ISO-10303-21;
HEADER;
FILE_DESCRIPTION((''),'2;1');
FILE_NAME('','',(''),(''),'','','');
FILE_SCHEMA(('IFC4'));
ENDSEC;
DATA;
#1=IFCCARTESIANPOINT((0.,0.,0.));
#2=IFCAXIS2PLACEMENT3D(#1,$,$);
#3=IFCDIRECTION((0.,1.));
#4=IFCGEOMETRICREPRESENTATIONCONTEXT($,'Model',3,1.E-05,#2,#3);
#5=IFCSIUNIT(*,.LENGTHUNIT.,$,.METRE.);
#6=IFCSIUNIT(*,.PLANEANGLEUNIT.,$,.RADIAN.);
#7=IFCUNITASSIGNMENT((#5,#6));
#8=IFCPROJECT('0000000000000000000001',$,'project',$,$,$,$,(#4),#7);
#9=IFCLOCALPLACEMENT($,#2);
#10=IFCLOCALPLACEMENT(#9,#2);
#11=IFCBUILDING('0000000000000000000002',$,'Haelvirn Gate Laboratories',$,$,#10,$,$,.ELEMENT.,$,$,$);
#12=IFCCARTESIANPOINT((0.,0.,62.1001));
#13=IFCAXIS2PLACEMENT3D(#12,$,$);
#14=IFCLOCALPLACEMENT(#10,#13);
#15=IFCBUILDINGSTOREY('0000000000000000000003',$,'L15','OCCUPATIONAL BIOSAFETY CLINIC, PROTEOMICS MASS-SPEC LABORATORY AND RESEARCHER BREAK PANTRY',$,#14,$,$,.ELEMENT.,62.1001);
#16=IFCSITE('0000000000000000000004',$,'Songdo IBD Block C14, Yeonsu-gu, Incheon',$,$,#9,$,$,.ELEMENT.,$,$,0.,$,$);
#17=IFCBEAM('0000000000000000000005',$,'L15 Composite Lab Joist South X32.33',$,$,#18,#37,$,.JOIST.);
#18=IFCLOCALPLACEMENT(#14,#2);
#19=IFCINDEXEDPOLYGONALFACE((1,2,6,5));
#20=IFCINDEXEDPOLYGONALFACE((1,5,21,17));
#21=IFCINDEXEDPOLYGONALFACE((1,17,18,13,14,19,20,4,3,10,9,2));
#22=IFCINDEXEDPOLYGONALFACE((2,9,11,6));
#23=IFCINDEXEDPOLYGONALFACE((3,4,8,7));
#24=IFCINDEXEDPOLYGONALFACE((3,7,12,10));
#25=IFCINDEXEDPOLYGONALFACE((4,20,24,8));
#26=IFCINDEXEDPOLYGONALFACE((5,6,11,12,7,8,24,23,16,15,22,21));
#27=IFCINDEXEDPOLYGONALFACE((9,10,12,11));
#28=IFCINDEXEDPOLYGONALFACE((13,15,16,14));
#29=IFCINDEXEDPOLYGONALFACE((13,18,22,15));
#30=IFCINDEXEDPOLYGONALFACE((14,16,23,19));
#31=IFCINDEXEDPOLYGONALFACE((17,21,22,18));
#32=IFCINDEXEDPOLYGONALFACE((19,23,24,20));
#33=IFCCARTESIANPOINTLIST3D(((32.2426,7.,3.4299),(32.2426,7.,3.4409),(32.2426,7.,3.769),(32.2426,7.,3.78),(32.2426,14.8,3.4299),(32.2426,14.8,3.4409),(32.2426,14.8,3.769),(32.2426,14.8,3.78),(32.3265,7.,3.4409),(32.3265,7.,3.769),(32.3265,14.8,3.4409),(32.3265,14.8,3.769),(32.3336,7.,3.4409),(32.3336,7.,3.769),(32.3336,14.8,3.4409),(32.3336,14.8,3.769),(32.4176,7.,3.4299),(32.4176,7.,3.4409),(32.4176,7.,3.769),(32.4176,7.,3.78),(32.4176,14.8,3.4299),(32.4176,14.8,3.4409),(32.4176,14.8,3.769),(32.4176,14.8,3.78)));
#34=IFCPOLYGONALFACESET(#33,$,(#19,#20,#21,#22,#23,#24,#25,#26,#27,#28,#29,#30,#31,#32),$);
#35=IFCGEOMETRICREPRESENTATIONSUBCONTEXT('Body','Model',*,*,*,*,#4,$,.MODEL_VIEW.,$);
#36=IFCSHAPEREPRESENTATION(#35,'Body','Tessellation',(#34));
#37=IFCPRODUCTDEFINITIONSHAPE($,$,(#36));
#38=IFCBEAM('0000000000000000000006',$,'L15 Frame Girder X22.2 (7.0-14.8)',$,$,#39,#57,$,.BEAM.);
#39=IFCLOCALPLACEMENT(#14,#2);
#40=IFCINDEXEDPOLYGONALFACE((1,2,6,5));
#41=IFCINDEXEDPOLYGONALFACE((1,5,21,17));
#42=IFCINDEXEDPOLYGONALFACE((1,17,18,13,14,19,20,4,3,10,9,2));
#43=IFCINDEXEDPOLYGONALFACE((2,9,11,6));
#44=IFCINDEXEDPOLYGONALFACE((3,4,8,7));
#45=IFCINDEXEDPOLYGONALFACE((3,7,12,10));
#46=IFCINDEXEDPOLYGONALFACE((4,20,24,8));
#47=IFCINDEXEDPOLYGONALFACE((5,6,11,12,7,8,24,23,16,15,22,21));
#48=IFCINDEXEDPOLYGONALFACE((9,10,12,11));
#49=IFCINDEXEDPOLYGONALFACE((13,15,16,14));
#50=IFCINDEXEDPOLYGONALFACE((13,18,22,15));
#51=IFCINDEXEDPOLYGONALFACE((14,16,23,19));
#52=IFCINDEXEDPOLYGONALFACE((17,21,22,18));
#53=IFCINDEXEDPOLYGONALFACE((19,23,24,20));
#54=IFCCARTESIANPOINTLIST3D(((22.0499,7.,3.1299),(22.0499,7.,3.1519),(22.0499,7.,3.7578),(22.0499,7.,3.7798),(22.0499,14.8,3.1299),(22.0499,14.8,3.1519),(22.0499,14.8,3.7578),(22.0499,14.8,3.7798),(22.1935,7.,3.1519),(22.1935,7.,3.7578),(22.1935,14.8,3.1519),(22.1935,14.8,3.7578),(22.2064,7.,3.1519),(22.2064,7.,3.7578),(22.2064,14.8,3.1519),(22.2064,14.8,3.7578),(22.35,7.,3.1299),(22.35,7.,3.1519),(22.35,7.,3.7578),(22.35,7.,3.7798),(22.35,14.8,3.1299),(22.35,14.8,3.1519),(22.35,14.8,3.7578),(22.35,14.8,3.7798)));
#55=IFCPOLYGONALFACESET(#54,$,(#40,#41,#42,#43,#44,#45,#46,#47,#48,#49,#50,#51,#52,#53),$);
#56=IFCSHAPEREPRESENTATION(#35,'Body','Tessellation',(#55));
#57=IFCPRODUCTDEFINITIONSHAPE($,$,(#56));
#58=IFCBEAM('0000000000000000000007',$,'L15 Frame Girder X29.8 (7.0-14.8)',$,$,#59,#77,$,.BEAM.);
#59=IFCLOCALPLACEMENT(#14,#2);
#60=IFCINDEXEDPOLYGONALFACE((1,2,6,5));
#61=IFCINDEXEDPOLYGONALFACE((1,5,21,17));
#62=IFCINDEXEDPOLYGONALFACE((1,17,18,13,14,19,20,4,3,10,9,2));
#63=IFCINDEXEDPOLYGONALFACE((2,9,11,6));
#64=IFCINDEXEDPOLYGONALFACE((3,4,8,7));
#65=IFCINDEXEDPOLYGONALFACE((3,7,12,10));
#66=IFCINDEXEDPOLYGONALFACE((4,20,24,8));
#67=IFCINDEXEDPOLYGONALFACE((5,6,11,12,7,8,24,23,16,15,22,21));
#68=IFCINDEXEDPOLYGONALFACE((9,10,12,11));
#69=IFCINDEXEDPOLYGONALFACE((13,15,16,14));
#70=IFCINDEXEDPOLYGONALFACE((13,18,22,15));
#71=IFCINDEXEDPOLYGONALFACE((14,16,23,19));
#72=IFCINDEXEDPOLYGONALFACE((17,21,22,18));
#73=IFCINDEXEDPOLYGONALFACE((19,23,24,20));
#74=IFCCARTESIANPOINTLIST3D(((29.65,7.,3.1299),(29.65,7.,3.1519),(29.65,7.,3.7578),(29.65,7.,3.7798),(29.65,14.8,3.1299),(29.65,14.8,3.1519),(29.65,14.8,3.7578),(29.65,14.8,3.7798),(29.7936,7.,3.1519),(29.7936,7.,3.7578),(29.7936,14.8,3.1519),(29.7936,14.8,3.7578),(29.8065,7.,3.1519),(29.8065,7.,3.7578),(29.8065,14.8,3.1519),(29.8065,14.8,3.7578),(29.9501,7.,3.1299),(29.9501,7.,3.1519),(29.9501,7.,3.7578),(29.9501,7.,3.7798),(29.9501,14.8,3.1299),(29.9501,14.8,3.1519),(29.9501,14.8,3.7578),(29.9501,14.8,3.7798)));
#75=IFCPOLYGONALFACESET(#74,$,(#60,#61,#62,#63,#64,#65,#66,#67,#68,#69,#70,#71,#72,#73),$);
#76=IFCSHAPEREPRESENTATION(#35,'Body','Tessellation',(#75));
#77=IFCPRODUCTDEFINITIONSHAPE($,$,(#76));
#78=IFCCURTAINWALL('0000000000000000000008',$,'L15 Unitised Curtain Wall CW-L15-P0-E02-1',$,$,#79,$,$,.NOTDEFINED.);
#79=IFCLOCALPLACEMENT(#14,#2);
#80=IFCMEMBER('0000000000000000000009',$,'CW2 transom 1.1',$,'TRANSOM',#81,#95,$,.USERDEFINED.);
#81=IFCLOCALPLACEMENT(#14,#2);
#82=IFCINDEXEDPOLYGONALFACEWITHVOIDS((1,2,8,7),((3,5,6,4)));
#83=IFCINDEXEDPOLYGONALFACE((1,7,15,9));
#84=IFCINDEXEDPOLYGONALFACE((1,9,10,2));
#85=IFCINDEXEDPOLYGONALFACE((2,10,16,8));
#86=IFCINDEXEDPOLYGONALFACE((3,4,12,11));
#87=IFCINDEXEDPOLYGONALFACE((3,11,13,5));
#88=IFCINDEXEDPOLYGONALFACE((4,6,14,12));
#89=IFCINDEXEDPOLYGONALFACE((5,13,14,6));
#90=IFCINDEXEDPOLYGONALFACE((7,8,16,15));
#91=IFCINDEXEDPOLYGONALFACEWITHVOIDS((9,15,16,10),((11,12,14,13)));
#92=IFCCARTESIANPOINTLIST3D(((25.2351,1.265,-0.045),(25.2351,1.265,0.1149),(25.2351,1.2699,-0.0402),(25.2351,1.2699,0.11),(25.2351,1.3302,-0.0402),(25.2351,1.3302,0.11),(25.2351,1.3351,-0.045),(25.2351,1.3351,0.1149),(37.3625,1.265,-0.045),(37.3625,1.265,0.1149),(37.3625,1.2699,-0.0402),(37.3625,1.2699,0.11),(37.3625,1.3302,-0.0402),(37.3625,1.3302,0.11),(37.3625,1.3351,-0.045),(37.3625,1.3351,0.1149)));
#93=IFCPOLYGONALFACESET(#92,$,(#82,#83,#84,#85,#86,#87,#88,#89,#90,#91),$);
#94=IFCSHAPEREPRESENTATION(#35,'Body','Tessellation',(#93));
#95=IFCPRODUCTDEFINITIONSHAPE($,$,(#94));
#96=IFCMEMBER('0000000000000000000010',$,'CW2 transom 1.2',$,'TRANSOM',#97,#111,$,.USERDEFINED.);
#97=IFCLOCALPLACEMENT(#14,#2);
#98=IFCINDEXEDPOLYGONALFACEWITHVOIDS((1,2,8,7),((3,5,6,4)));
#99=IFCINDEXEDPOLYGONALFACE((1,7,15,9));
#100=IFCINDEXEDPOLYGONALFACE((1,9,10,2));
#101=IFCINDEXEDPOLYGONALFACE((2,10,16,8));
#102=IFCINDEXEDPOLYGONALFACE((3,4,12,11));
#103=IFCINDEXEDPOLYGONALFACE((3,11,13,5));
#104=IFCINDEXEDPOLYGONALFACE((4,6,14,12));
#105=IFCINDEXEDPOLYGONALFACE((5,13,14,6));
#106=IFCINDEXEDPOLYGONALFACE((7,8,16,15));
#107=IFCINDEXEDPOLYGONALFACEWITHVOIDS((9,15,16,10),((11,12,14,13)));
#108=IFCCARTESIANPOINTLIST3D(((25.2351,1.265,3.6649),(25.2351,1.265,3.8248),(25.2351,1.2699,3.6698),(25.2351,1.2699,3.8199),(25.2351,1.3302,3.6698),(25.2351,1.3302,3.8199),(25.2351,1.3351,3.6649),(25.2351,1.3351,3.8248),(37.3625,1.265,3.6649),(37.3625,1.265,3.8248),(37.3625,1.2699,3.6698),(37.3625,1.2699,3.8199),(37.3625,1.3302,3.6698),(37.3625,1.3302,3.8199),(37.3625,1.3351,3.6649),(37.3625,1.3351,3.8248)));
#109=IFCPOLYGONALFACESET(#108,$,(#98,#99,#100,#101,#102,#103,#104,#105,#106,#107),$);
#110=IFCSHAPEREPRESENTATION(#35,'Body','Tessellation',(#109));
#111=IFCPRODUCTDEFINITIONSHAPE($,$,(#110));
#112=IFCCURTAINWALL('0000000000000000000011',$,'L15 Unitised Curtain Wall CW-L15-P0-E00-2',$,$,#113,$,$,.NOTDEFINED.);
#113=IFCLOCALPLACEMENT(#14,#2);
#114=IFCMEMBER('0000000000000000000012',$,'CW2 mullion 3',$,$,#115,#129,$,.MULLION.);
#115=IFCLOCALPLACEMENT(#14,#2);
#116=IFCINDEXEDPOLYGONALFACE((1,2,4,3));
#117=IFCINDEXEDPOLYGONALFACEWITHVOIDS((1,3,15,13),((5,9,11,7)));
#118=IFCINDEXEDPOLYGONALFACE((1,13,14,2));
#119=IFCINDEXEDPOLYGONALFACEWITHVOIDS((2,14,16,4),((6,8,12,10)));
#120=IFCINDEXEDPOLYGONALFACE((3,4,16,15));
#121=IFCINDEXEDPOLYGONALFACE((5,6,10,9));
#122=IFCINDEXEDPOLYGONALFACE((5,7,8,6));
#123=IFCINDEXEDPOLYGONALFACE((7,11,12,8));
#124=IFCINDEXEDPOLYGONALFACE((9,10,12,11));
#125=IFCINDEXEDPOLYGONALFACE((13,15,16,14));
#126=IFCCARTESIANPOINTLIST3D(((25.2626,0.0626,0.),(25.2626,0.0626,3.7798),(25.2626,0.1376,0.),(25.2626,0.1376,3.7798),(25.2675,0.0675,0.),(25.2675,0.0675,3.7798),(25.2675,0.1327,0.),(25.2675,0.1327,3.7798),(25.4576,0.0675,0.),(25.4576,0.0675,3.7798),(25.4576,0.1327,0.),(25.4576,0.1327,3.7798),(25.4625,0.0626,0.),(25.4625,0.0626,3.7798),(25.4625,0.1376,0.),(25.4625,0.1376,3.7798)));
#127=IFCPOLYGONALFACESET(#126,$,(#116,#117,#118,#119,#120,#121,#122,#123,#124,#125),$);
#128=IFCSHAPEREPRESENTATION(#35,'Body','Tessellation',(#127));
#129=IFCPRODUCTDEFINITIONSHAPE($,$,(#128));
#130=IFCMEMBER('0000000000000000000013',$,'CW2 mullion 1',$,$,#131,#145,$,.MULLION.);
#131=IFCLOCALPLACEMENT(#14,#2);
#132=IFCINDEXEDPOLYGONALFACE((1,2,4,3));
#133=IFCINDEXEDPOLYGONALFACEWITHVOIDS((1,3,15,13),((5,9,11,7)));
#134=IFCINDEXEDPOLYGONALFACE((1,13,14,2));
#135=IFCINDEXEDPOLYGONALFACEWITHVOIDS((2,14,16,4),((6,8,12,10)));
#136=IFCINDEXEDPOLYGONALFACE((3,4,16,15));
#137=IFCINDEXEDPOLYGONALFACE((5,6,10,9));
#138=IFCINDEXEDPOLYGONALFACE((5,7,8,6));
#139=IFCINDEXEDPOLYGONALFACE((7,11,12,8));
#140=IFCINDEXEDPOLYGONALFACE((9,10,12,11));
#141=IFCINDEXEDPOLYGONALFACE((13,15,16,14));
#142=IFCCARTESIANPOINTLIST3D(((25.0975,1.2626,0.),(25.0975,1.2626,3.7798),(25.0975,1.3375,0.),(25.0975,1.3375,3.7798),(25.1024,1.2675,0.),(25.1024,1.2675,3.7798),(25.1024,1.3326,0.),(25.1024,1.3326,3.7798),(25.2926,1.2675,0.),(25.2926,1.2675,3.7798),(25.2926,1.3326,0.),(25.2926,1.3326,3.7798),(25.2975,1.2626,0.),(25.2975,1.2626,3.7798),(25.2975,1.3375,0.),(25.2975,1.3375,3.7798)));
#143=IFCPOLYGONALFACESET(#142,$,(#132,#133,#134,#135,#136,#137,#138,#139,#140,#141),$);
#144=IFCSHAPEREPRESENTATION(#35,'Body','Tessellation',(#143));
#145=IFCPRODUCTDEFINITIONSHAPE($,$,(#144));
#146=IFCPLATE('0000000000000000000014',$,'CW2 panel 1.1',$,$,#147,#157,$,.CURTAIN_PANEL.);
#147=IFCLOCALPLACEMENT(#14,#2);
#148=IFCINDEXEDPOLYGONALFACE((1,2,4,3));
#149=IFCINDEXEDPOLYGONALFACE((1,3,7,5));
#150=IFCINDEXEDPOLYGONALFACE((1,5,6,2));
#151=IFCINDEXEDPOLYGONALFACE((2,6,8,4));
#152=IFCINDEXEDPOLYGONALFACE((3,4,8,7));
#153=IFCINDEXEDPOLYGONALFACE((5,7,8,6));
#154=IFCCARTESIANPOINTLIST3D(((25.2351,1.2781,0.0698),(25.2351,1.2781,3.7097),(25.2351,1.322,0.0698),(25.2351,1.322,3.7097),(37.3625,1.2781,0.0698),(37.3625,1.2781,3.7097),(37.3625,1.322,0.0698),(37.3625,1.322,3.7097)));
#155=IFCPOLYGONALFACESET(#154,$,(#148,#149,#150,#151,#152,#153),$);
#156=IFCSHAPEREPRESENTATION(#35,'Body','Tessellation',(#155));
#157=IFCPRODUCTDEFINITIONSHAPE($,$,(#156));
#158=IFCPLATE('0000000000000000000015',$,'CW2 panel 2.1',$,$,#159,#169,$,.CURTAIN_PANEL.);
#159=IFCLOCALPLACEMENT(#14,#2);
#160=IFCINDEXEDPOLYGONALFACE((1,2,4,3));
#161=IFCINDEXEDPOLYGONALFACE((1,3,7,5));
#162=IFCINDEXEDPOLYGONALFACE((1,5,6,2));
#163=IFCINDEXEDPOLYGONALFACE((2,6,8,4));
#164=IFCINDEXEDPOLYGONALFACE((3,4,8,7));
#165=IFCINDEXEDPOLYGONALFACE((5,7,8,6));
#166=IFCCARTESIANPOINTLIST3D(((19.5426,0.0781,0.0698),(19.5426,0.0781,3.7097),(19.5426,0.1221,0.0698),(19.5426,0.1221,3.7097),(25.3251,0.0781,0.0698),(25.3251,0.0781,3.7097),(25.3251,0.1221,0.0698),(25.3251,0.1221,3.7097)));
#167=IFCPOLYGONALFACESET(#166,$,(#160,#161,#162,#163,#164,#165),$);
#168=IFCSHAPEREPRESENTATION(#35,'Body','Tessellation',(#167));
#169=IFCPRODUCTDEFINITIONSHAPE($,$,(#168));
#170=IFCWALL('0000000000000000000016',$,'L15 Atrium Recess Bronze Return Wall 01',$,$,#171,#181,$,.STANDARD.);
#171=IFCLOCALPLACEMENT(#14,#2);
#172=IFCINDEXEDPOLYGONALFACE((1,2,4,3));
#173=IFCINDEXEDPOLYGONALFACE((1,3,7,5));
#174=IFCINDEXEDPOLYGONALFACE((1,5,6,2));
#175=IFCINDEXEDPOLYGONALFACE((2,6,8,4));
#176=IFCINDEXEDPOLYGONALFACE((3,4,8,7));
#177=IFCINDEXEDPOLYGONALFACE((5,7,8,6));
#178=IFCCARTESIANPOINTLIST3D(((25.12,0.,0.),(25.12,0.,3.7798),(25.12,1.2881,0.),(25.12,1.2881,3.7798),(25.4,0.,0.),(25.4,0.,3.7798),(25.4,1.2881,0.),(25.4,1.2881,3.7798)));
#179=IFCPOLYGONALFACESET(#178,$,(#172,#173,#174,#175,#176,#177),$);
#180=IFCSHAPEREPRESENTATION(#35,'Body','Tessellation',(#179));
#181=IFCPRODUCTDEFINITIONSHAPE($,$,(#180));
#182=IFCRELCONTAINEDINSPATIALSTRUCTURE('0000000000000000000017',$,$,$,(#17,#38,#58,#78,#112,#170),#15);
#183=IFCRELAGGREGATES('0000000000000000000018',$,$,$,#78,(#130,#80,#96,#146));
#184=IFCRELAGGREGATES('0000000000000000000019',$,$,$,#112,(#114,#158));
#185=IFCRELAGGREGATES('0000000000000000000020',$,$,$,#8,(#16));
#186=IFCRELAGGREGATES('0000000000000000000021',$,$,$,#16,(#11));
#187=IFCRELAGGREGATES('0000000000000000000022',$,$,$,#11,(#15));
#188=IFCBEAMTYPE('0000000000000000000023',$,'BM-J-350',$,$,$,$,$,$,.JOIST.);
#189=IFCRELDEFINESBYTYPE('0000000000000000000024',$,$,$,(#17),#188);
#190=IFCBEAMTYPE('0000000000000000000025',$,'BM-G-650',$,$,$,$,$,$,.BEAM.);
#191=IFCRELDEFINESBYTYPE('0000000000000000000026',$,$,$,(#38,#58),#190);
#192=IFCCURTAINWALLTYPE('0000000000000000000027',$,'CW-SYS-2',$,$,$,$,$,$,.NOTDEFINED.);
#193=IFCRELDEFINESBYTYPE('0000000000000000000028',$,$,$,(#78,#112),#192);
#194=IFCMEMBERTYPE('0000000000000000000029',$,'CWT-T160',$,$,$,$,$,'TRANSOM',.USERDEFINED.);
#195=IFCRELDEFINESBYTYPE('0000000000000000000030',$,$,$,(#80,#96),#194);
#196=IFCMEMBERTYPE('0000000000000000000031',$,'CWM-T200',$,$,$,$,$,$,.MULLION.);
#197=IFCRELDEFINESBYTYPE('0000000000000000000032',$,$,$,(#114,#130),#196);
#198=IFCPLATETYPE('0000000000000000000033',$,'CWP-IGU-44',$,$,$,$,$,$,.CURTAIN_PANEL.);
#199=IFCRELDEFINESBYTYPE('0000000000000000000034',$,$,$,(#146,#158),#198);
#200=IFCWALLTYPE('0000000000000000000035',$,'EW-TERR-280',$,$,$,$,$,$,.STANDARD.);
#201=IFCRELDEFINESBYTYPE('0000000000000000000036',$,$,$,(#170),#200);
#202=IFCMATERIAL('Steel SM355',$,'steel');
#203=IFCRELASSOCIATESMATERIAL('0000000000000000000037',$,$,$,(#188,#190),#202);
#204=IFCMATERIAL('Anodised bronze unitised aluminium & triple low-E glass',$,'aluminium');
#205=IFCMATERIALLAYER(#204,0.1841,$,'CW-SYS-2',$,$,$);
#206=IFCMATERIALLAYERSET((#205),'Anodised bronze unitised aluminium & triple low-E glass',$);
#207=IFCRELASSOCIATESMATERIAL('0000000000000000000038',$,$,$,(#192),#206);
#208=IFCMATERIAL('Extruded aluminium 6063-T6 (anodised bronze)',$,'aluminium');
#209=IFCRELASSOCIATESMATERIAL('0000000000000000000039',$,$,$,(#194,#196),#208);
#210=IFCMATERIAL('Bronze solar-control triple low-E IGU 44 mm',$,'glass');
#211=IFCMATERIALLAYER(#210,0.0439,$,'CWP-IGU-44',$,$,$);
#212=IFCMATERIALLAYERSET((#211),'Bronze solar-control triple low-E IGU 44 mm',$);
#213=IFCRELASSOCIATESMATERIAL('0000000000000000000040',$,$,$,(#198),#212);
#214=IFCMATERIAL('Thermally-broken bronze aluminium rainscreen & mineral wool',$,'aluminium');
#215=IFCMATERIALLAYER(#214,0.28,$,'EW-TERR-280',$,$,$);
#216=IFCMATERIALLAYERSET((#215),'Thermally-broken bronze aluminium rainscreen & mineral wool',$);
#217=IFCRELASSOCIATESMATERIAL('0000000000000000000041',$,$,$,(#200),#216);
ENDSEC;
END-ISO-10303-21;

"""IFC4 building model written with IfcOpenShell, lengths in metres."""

from ifc_helpers import new_model, si_unit, direction, frame, frame_2d, origin, origin_2d, place, context, subcontext, project, spatial, rectangle, hollow_rectangle, i_section, extrude, source, transform, mapped, material, layer, layer_set, material_profile, profile_set, type_object, type_shapes, element, aggregate, save


model = new_model("IFC4")

# Units and contexts
model_context = context("Model", 3, precision=1e-05, world=origin(), true_north=direction((0.0, 1.0)))
body_context = subcontext(model_context, "Body", "Model", "MODEL_VIEW")
ifc_project = project(units=[si_unit("LENGTHUNIT", "METRE"), si_unit("PLANEANGLEUNIT", "RADIAN")], contexts=[model_context])

# Site, building, storey
site_placement = place(None, origin())
site = spatial("IfcSite", under=ifc_project, at=site_placement, Name="Songdo IBD Block C14, Yeonsu-gu, Incheon", CompositionType="ELEMENT", RefElevation=0.0)
building_placement = place(site_placement, origin())
building = spatial("IfcBuilding", under=site, at=building_placement, Name="Haelvirn Gate Laboratories", CompositionType="ELEMENT")
storey_placement = place(building_placement, frame((0.0, 0.0, 62.1001)))
storey = spatial("IfcBuildingStorey", under=building, at=storey_placement, Name="L15", Description="OCCUPATIONAL BIOSAFETY CLINIC, PROTEOMICS MASS-SPEC LABORATORY AND RESEARCHER BREAK PANTRY", CompositionType="ELEMENT", Elevation=62.1001)

# Beams
ifc_material_1 = material(Name="Steel SM355", Category="steel")
ifc_material_profile_1 = material_profile(ifc_material_1, i_section(OverallWidth=0.175, OverallDepth=0.3501, WebThickness=0.0071, FlangeThickness=0.011, at=origin_2d()), Name="H-350x175x7x11")
ifc_profile_set_1 = profile_set([ifc_material_profile_1], Name="Steel SM355")
beam_type_1 = type_object("IfcBeamType", Name="BM-J-350", PredefinedType="JOIST", material=ifc_profile_set_1)
shared_shape_1 = source(origin(), body_context, "Body", "SweptSolid", [
    extrude(i_section(OverallWidth=0.175, OverallDepth=0.3501, WebThickness=0.0071, FlangeThickness=0.011, at=origin_2d()), origin(), (0.0, 0.0, 1.0), 7.8),
])
type_shapes(beam_type_1, [shared_shape_1])
for number, where, z_axis, x_axis, name in (
    (1, (32.3301, 7.0, 3.605), (0.0, 1.0, 0.0), (-1.0, 0.0, 0.0), "L15 Composite Lab Joist South X32.33"),
):
    element("IfcBeam", number, at=place(storey_placement, frame(where, z_axis=z_axis, x_axis=x_axis)), inside=storey, type_object=beam_type_1, Name=name, PredefinedType="JOIST", context=body_context, shape_type="MappedRepresentation", body=[
        mapped(shared_shape_1, transform((0.0, 0.0, 0.0), scale=1.0)),
    ])
ifc_material_profile_2 = material_profile(ifc_material_1, i_section(OverallWidth=0.3, OverallDepth=0.6499, WebThickness=0.0129, FlangeThickness=0.022, at=origin_2d()), Name="H-650x300x13x22")
ifc_profile_set_2 = profile_set([ifc_material_profile_2], Name="Steel SM355")
beam_type_2 = type_object("IfcBeamType", Name="BM-G-650", PredefinedType="BEAM", material=ifc_profile_set_2)
shared_shape_2 = source(origin(), body_context, "Body", "SweptSolid", [
    extrude(i_section(OverallWidth=0.3, OverallDepth=0.6499, WebThickness=0.0129, FlangeThickness=0.022, at=origin_2d()), origin(), (0.0, 0.0, 1.0), 7.8),
])
type_shapes(beam_type_2, [shared_shape_2])
for number, where, z_axis, x_axis, name in (
    (2, (22.2, 7.0, 3.4548), (0.0, 1.0, 0.0), (-1.0, 0.0, 0.0), "L15 Frame Girder X22.2 (7.0-14.8)"),
    (3, (29.8, 7.0, 3.4548), (0.0, 1.0, 0.0), (-1.0, 0.0, 0.0), "L15 Frame Girder X29.8 (7.0-14.8)"),
):
    element("IfcBeam", number, at=place(storey_placement, frame(where, z_axis=z_axis, x_axis=x_axis)), inside=storey, type_object=beam_type_2, Name=name, PredefinedType="BEAM", context=body_context, shape_type="MappedRepresentation", body=[
        mapped(shared_shape_2, transform((0.0, 0.0, 0.0), scale=1.0)),
    ])

# Curtain wall, members
ifc_material_2 = material(Name="Anodised bronze unitised aluminium & triple low-E glass", Category="aluminium")
ifc_layer_1 = layer(ifc_material_2, 0.1841, Name="CW-SYS-2")
ifc_layer_set_1 = layer_set([ifc_layer_1], Name="Anodised bronze unitised aluminium & triple low-E glass")
curtain_wall_type = type_object("IfcCurtainWallType", Name="CW-SYS-2", PredefinedType="NOTDEFINED", material=ifc_layer_set_1)
curtain_wall_1_placement = place(storey_placement, origin())
curtain_wall_1 = element("IfcCurtainWall", 4, at=curtain_wall_1_placement, inside=storey, type_object=curtain_wall_type, Name="L15 Unitised Curtain Wall CW-L15-P0-E02-1", PredefinedType="NOTDEFINED")
ifc_material_3 = material(Name="Extruded aluminium 6063-T6 (anodised bronze)", Category="aluminium")
ifc_material_profile_3 = material_profile(ifc_material_3, hollow_rectangle(XDim=0.0701, YDim=0.1599, WallThickness=0.0049, at=origin_2d()), Name="CWT-160x70x5")
ifc_profile_set_3 = profile_set([ifc_material_profile_3], Name="Extruded aluminium 6063-T6 (anodised bronze)")
member_type_1 = type_object("IfcMemberType", Name="CWT-T160", ElementType="TRANSOM", PredefinedType="USERDEFINED", material=ifc_profile_set_3)
shared_shape_3 = source(origin(), body_context, "Body", "SweptSolid", [
    extrude(hollow_rectangle(XDim=0.0701, YDim=0.1599, WallThickness=0.0049, at=origin_2d()), origin(), (0.0, 0.0, 1.0), 12.1274),
])
type_shapes(member_type_1, [shared_shape_3])
member_1_placement = place(storey_placement, frame((25.2351, 1.3, 0.0349), z_axis=(1.0, 0.0, 0.0), x_axis=(0.0, 1.0, 0.0)))
member_1 = element("IfcMember", 5, at=member_1_placement, type_object=member_type_1, Name="CW2 transom 1.1", ObjectType="TRANSOM", PredefinedType="USERDEFINED", context=body_context, shape_type="MappedRepresentation", body=[
    mapped(shared_shape_3, transform((0.0, 0.0, 0.0), scale=1.0)),
])
member_2_placement = place(storey_placement, frame((25.2351, 1.3, 3.7449), z_axis=(1.0, 0.0, 0.0), x_axis=(0.0, 1.0, 0.0)))
member_2 = element("IfcMember", 6, at=member_2_placement, type_object=member_type_1, Name="CW2 transom 1.2", ObjectType="TRANSOM", PredefinedType="USERDEFINED", context=body_context, shape_type="MappedRepresentation", body=[
    mapped(shared_shape_3, transform((0.0, 0.0, 0.0), scale=1.0)),
])

# Curtain wall, member
curtain_wall_2_placement = place(storey_placement, origin())
curtain_wall_2 = element("IfcCurtainWall", 7, at=curtain_wall_2_placement, inside=storey, type_object=curtain_wall_type, Name="L15 Unitised Curtain Wall CW-L15-P0-E00-2", PredefinedType="NOTDEFINED")
ifc_material_profile_4 = material_profile(ifc_material_3, hollow_rectangle(XDim=0.075, YDim=0.2, WallThickness=0.0049, at=origin_2d()), Name="CWM-200x75x5")
ifc_profile_set_4 = profile_set([ifc_material_profile_4], Name="Extruded aluminium 6063-T6 (anodised bronze)")
member_type_2 = type_object("IfcMemberType", Name="CWM-T200", PredefinedType="MULLION", material=ifc_profile_set_4)
shared_shape_4 = source(origin(), body_context, "Body", "SweptSolid", [
    extrude(hollow_rectangle(XDim=0.075, YDim=0.2, WallThickness=0.0049, at=origin_2d()), origin(), (0.0, 0.0, 1.0), 3.7798),
])
type_shapes(member_type_2, [shared_shape_4])
member_3_placement = place(storey_placement, frame((25.3625, 0.1001, 0.0), z_axis=(0.0, 0.0, 1.0), x_axis=(0.0, 1.0, 0.0)))
member_3 = element("IfcMember", 8, at=member_3_placement, type_object=member_type_2, Name="CW2 mullion 3", PredefinedType="MULLION", context=body_context, shape_type="MappedRepresentation", body=[
    mapped(shared_shape_4, transform((0.0, 0.0, 0.0), scale=1.0)),
])

# Member
member_4_placement = place(storey_placement, frame((25.1975, 1.3, 0.0), z_axis=(0.0, 0.0, 1.0), x_axis=(0.0, 1.0, 0.0)))
member_4 = element("IfcMember", 9, at=member_4_placement, type_object=member_type_2, Name="CW2 mullion 1", PredefinedType="MULLION", context=body_context, shape_type="MappedRepresentation", body=[
    mapped(shared_shape_4, transform((0.0, 0.0, 0.0), scale=1.0)),
])

# Plates
ifc_material_4 = material(Name="Bronze solar-control triple low-E IGU 44 mm", Category="glass")
ifc_layer_2 = layer(ifc_material_4, 0.0439, Name="CWP-IGU-44")
ifc_layer_set_2 = layer_set([ifc_layer_2], Name="Bronze solar-control triple low-E IGU 44 mm")
plate_type = type_object("IfcPlateType", Name="CWP-IGU-44", PredefinedType="CURTAIN_PANEL", material=ifc_layer_set_2)
shared_shape_5 = source(origin(), body_context, "Body", "SweptSolid", [
    extrude(rectangle(XDim=12.1274, YDim=0.0439, at=origin_2d()), origin(), (0.0, 0.0, 1.0), 3.6399),
])
plate_1_placement = place(storey_placement, frame((31.2988, 1.3, 0.0698), z_axis=(0.0, 0.0, 1.0), x_axis=(1.0, 0.0, 0.0)))
plate_1 = element("IfcPlate", 10, at=plate_1_placement, type_object=plate_type, Name="CW2 panel 1.1", PredefinedType="CURTAIN_PANEL", context=body_context, shape_type="MappedRepresentation", body=[
    mapped(shared_shape_5, transform((0.0, 0.0, 0.0), scale=1.0)),
])
aggregate(curtain_wall_1, [member_4, member_1, member_2, plate_1])
shared_shape_6 = source(origin(), body_context, "Body", "SweptSolid", [
    extrude(rectangle(XDim=5.7825, YDim=0.0439, at=origin_2d()), origin(), (0.0, 0.0, 1.0), 3.6399),
])
type_shapes(plate_type, [shared_shape_5, shared_shape_6])
plate_2_placement = place(storey_placement, frame((22.4338, 0.1001, 0.0698), z_axis=(0.0, 0.0, 1.0), x_axis=(1.0, 0.0, 0.0)))
plate_2 = element("IfcPlate", 11, at=plate_2_placement, type_object=plate_type, Name="CW2 panel 2.1", PredefinedType="CURTAIN_PANEL", context=body_context, shape_type="MappedRepresentation", body=[
    mapped(shared_shape_6, transform((0.0, 0.0, 0.0), scale=1.0)),
])
aggregate(curtain_wall_2, [member_3, plate_2])

# Wall
ifc_material_5 = material(Name="Thermally-broken bronze aluminium rainscreen & mineral wool", Category="aluminium")
ifc_layer_3 = layer(ifc_material_5, 0.28, Name="EW-TERR-280")
ifc_layer_set_3 = layer_set([ifc_layer_3], Name="Thermally-broken bronze aluminium rainscreen & mineral wool")
wall_type_1 = type_object("IfcWallType", Name="EW-TERR-280", PredefinedType="STANDARD", material=ifc_layer_set_3)
wall_1_placement = place(storey_placement, frame((25.26, 0.0, 0.0), z_axis=(0.0, 0.0, 1.0), x_axis=(0.0, 1.0, 0.0)))
element("IfcWall", 12, at=wall_1_placement, inside=storey, type_object=wall_type_1, Name="L15 Atrium Recess Bronze Return Wall 01", PredefinedType="STANDARD", context=body_context, shape_type="SweptSolid", body=[
    extrude(rectangle(XDim=1.2881, YDim=0.28, at=frame_2d((0.644, 0.0))), origin(), (0.0, 0.0, 1.0), 3.7798),
])

save(model, "model.ifc")
